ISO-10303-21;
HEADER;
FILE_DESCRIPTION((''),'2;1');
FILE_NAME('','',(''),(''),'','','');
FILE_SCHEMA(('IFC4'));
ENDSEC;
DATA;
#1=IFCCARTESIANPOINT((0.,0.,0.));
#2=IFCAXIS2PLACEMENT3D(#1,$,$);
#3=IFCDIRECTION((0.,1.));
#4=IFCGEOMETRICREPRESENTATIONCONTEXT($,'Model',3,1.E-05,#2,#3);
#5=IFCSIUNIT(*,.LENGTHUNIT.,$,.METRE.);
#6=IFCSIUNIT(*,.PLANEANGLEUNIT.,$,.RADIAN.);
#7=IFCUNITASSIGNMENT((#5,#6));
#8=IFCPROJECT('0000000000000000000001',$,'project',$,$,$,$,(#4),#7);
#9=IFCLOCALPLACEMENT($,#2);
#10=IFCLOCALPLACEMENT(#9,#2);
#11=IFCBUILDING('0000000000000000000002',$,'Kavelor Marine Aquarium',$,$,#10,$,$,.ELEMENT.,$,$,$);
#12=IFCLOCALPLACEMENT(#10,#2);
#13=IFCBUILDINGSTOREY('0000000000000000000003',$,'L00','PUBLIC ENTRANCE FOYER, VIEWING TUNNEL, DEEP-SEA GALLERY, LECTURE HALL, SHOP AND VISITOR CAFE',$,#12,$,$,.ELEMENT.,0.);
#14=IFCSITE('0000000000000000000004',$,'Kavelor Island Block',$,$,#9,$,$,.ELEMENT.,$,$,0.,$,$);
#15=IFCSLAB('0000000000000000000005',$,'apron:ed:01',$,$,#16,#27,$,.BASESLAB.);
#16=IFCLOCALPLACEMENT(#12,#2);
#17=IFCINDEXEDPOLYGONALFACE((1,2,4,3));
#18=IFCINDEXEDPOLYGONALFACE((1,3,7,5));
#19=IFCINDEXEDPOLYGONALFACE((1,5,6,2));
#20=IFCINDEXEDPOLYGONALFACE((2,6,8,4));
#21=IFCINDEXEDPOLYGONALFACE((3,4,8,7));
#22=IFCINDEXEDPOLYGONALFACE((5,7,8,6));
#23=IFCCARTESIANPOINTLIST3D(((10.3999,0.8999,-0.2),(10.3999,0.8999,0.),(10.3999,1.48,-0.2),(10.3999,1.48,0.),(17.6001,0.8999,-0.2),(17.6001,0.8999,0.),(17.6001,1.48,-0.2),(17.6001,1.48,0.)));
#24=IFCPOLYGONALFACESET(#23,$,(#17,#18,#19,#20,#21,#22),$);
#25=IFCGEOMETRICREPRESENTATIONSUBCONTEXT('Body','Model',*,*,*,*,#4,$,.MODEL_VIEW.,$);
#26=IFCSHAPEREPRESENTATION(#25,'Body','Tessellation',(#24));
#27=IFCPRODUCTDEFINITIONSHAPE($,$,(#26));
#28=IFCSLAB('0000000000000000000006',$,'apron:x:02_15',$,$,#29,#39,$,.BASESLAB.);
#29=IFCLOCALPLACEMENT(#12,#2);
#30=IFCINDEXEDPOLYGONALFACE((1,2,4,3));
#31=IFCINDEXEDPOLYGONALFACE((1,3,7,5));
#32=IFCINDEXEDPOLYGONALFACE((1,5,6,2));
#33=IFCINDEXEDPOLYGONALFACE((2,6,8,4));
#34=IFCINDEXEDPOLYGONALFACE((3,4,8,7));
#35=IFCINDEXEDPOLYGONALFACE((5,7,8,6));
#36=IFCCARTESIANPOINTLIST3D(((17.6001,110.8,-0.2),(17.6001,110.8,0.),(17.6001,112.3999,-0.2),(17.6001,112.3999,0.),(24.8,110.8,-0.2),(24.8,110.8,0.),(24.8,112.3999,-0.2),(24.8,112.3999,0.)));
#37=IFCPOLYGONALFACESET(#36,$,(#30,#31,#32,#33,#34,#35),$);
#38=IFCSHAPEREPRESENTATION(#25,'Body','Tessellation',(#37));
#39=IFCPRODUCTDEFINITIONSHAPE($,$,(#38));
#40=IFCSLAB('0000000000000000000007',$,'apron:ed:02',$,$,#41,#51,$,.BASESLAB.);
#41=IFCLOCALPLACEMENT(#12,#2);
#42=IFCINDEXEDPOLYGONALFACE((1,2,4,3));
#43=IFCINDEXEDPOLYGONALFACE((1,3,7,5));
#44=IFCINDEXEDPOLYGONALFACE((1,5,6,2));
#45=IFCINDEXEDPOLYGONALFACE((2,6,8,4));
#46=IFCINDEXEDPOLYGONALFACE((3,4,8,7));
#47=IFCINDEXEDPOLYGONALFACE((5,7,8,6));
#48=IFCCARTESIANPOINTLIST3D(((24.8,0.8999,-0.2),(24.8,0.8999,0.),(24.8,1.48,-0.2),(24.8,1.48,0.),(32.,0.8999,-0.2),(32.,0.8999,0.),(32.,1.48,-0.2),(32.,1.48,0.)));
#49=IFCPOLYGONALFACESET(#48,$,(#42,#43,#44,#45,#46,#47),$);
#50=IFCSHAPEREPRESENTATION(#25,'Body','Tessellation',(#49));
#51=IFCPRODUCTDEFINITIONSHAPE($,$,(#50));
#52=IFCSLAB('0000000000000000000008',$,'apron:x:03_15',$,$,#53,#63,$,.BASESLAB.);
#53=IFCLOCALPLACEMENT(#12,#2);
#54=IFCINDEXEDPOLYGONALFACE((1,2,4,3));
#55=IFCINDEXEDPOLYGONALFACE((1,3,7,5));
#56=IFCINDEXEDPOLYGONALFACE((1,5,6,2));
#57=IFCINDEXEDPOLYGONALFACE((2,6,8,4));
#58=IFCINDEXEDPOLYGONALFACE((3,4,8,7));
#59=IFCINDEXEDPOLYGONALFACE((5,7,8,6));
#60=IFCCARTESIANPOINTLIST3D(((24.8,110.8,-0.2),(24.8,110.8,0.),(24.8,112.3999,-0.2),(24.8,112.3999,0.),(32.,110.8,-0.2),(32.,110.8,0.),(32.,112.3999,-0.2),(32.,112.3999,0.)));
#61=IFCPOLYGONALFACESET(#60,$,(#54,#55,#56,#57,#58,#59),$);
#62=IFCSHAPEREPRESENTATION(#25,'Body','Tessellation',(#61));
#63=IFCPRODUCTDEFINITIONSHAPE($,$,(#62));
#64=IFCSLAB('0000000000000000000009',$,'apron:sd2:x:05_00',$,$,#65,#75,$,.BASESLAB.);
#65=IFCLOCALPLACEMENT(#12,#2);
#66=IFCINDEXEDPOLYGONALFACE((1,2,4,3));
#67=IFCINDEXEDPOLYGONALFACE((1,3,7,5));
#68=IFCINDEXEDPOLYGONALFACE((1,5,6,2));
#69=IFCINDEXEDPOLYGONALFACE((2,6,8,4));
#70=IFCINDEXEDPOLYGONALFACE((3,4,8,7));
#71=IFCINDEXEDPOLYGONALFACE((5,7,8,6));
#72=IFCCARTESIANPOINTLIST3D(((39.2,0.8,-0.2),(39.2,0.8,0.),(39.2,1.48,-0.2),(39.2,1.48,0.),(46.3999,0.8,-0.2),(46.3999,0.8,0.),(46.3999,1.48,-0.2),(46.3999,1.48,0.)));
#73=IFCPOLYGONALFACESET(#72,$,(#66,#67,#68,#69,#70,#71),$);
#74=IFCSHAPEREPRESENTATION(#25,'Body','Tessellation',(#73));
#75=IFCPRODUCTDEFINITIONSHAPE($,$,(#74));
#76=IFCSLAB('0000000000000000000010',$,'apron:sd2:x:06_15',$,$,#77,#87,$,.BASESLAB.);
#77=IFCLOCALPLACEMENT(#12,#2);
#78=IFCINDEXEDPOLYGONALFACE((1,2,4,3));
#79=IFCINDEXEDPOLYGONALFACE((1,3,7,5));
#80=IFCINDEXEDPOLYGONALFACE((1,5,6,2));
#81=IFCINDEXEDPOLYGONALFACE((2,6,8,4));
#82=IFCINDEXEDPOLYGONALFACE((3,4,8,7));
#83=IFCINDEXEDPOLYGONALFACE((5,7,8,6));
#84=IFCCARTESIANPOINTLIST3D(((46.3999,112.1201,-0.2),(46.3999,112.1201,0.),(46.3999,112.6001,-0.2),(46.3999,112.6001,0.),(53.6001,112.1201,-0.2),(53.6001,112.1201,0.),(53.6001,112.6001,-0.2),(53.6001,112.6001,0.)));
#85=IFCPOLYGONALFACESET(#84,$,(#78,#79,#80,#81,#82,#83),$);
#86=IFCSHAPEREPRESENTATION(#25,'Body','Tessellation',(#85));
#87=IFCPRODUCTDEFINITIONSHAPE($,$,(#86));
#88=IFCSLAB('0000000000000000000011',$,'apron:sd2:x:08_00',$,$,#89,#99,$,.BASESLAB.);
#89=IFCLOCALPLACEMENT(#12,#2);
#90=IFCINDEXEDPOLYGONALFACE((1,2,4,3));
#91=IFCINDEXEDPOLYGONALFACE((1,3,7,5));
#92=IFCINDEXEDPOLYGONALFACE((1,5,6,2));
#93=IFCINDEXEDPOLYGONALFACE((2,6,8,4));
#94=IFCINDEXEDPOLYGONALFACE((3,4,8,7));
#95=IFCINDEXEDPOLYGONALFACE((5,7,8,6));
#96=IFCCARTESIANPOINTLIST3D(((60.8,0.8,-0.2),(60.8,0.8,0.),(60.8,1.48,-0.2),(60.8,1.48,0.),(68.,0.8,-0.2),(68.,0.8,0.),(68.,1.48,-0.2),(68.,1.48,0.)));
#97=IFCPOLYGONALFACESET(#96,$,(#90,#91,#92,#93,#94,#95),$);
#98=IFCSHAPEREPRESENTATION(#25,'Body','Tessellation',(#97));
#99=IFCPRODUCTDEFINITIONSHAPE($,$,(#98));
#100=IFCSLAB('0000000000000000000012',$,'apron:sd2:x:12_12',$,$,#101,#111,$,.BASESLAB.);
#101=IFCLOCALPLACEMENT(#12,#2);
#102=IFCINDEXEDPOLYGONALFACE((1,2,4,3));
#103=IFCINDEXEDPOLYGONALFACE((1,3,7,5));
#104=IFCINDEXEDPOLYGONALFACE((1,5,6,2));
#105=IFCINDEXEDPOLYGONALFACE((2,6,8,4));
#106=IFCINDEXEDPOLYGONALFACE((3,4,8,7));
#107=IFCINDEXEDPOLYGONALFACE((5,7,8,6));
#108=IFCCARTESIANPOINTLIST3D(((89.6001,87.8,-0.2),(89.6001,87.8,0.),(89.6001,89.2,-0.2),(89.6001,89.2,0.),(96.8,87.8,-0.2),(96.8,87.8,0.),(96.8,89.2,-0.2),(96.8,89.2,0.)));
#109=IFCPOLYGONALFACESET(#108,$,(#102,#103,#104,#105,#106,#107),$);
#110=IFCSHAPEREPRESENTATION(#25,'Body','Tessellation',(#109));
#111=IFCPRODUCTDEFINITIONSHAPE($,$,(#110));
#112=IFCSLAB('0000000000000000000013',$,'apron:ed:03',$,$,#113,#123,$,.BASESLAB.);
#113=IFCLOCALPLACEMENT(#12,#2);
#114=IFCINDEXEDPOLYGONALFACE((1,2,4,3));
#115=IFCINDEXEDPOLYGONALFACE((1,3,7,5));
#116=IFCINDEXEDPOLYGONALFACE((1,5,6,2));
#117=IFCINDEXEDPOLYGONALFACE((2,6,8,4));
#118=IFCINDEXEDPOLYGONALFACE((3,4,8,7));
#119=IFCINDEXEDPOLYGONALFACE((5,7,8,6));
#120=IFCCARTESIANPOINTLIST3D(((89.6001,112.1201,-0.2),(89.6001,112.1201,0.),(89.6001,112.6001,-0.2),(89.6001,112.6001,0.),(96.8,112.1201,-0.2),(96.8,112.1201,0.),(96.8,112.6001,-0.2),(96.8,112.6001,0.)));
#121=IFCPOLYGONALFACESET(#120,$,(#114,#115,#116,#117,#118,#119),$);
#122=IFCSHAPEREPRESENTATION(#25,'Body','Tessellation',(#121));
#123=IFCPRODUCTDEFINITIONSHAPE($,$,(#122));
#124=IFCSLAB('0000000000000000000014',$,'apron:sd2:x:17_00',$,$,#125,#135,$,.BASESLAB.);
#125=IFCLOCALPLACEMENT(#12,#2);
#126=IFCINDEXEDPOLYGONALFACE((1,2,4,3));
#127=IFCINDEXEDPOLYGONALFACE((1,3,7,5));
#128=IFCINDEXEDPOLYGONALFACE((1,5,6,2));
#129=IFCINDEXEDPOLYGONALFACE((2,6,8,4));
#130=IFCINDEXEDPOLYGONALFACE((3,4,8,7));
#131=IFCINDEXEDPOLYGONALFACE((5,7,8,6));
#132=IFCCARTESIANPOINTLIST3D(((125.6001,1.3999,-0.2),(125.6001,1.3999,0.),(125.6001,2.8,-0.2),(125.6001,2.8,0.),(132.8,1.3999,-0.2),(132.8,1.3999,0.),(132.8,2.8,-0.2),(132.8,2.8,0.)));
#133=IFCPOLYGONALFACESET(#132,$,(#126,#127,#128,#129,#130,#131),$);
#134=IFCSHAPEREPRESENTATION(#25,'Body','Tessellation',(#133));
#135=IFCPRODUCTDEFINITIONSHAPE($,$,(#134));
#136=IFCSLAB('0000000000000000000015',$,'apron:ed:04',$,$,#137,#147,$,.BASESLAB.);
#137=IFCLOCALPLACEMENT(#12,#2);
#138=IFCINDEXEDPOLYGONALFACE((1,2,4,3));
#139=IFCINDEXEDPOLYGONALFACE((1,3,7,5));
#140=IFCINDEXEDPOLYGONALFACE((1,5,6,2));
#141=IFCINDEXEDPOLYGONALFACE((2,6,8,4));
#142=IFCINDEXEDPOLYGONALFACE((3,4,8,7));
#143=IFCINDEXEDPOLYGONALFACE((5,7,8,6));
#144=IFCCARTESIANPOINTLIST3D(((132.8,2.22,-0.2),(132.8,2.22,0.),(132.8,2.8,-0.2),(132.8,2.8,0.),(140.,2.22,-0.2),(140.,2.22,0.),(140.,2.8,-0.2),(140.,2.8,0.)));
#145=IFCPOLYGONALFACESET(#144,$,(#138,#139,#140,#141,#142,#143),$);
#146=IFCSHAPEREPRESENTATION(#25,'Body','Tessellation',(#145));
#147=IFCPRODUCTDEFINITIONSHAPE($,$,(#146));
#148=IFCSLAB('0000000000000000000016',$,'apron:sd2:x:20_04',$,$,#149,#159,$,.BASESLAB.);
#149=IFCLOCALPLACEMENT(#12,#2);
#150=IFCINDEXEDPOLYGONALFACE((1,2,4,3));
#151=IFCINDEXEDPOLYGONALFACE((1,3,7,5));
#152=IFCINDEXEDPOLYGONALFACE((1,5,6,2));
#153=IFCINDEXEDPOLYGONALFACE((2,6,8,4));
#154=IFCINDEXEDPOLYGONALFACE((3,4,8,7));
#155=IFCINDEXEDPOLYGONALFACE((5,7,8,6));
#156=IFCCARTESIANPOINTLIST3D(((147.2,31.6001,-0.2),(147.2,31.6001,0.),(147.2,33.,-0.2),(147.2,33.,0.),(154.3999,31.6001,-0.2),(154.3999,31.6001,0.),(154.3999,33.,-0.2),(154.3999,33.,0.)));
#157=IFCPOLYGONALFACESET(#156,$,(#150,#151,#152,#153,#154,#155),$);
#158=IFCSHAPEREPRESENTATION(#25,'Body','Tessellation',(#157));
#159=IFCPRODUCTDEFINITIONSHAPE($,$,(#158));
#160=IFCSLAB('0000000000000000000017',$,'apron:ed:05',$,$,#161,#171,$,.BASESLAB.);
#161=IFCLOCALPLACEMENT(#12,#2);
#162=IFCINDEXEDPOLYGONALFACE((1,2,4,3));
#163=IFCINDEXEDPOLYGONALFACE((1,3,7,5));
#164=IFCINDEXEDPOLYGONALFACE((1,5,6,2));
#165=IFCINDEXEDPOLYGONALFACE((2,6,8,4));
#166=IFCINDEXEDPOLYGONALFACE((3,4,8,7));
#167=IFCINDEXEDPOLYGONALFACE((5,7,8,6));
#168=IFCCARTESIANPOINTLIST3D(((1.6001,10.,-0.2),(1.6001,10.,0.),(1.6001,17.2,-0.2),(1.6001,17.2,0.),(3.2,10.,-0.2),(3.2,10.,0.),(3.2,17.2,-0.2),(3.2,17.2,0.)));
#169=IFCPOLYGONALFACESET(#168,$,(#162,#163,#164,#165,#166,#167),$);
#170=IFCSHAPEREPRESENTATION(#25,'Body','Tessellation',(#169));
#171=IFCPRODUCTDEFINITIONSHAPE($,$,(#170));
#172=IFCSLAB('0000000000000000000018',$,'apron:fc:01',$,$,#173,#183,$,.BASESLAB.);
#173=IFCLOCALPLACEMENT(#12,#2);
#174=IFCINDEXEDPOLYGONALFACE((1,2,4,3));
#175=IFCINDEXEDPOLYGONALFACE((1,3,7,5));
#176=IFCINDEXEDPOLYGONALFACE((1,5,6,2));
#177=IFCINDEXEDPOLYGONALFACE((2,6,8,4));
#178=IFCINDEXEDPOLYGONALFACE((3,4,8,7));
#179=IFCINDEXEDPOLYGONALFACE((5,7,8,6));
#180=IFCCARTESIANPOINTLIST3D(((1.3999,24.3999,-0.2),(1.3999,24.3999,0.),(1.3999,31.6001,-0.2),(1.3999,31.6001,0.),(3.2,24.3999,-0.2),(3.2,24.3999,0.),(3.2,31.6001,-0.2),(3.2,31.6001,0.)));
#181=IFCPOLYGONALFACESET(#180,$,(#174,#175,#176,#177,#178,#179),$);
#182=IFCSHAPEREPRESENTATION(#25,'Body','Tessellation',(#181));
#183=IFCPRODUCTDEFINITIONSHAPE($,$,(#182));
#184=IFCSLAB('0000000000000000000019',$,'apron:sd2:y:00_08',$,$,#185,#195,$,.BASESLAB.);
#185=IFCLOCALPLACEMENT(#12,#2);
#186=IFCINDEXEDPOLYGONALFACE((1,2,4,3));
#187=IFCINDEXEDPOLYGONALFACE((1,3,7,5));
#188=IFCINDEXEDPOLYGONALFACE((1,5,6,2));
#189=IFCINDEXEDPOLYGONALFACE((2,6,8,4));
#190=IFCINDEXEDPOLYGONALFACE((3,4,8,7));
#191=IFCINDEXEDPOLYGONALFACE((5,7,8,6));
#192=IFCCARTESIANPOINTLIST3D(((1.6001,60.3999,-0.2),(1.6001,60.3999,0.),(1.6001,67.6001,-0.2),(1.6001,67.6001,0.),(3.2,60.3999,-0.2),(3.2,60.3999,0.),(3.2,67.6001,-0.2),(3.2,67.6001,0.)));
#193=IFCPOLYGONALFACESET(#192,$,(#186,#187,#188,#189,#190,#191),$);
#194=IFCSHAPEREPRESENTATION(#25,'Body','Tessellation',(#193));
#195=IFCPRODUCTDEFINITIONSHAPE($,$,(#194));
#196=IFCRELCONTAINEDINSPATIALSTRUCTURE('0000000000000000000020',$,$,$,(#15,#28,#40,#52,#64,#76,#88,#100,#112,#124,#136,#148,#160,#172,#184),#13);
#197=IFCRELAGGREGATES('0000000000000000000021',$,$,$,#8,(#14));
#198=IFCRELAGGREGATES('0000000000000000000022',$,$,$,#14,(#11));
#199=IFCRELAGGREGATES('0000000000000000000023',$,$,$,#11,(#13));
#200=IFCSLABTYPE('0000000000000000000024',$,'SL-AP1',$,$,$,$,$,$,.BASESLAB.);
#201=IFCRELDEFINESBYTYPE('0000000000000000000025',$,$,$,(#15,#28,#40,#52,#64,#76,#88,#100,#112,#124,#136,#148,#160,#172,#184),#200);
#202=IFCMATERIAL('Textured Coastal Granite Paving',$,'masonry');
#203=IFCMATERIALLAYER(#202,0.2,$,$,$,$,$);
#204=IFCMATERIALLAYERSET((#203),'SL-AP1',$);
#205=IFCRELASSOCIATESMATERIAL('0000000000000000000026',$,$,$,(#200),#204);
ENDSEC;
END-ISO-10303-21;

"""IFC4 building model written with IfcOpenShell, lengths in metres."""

from ifc_helpers import new_model, si_unit, direction, frame, origin, place, context, subcontext, project, spatial, polyline, outline, extrude, material, layer, layer_set, type_object, element, save


model = new_model("IFC4")

# Units and contexts
model_context = context("Model", 3, precision=1e-05, world=origin(), true_north=direction((0.0, 1.0)))
body_context = subcontext(model_context, "Body", "Model", "MODEL_VIEW")
ifc_project = project(units=[si_unit("LENGTHUNIT", "METRE"), si_unit("PLANEANGLEUNIT", "RADIAN")], contexts=[model_context])

# Site, building, storey
site_placement = place(None, origin())
site = spatial("IfcSite", under=ifc_project, at=site_placement, Name="Kavelor Island Block", CompositionType="ELEMENT", RefElevation=0.0)
building_placement = place(site_placement, origin())
building = spatial("IfcBuilding", under=site, at=building_placement, Name="Kavelor Marine Aquarium", CompositionType="ELEMENT")
storey_placement = place(building_placement, origin())
storey = spatial("IfcBuildingStorey", under=building, at=storey_placement, Name="L00", Description="PUBLIC ENTRANCE FOYER, VIEWING TUNNEL, DEEP-SEA GALLERY, LECTURE HALL, SHOP AND VISITOR CAFE", CompositionType="ELEMENT", Elevation=0.0)

# Slabs
ifc_material_1 = material(Name="Textured Coastal Granite Paving", Category="masonry")
ifc_layer_1 = layer(ifc_material_1, 0.2)
ifc_layer_set_1 = layer_set([ifc_layer_1], Name="SL-AP1")
slab_type_1 = type_object("IfcSlabType", Name="SL-AP1", PredefinedType="BASESLAB", material=ifc_layer_set_1)
slab_1_placement = place(storey_placement, frame((0.0, 0.0, -0.2)))
element("IfcSlab", 1, at=slab_1_placement, inside=storey, type_object=slab_type_1, Name="apron:ed:01", PredefinedType="BASESLAB", context=body_context, shape_type="SweptSolid", body=[
    extrude(outline(polyline([(10.3999, 0.8999), (17.6001, 0.8999), (17.6001, 1.48), (10.3999, 1.48), (10.3999, 0.8999)])), origin(), (0.0, 0.0, 1.0), 0.2),
])
slab_2_placement = place(storey_placement, frame((0.0, 0.0, -0.2)))
element("IfcSlab", 2, at=slab_2_placement, inside=storey, type_object=slab_type_1, Name="apron:x:02_15", PredefinedType="BASESLAB", context=body_context, shape_type="SweptSolid", body=[
    extrude(outline(polyline([(17.6001, 110.8), (24.8, 110.8), (24.8, 112.3999), (17.6001, 112.3999), (17.6001, 110.8)])), origin(), (0.0, 0.0, 1.0), 0.2),
])
slab_3_placement = place(storey_placement, frame((0.0, 0.0, -0.2)))
element("IfcSlab", 3, at=slab_3_placement, inside=storey, type_object=slab_type_1, Name="apron:ed:02", PredefinedType="BASESLAB", context=body_context, shape_type="SweptSolid", body=[
    extrude(outline(polyline([(24.8, 0.8999), (32.0, 0.8999), (32.0, 1.48), (24.8, 1.48), (24.8, 0.8999)])), origin(), (0.0, 0.0, 1.0), 0.2),
])
slab_4_placement = place(storey_placement, frame((0.0, 0.0, -0.2)))
element("IfcSlab", 4, at=slab_4_placement, inside=storey, type_object=slab_type_1, Name="apron:x:03_15", PredefinedType="BASESLAB", context=body_context, shape_type="SweptSolid", body=[
    extrude(outline(polyline([(24.8, 110.8), (32.0, 110.8), (32.0, 112.3999), (24.8, 112.3999), (24.8, 110.8)])), origin(), (0.0, 0.0, 1.0), 0.2),
])
slab_5_placement = place(storey_placement, frame((0.0, 0.0, -0.2)))
element("IfcSlab", 5, at=slab_5_placement, inside=storey, type_object=slab_type_1, Name="apron:sd2:x:05_00", PredefinedType="BASESLAB", context=body_context, shape_type="SweptSolid", body=[
    extrude(outline(polyline([(39.2, 0.8), (46.3999, 0.8), (46.3999, 1.48), (39.2, 1.48), (39.2, 0.8)])), origin(), (0.0, 0.0, 1.0), 0.2),
])
slab_6_placement = place(storey_placement, frame((0.0, 0.0, -0.2)))
element("IfcSlab", 6, at=slab_6_placement, inside=storey, type_object=slab_type_1, Name="apron:sd2:x:06_15", PredefinedType="BASESLAB", context=body_context, shape_type="SweptSolid", body=[
    extrude(outline(polyline([(46.3999, 112.1201), (53.6001, 112.1201), (53.6001, 112.6001), (46.3999, 112.6001), (46.3999, 112.1201)])), origin(), (0.0, 0.0, 1.0), 0.2),
])
slab_7_placement = place(storey_placement, frame((0.0, 0.0, -0.2)))
element("IfcSlab", 7, at=slab_7_placement, inside=storey, type_object=slab_type_1, Name="apron:sd2:x:08_00", PredefinedType="BASESLAB", context=body_context, shape_type="SweptSolid", body=[
    extrude(outline(polyline([(60.8, 0.8), (68.0, 0.8), (68.0, 1.48), (60.8, 1.48), (60.8, 0.8)])), origin(), (0.0, 0.0, 1.0), 0.2),
])
slab_8_placement = place(storey_placement, frame((0.0, 0.0, -0.2)))
element("IfcSlab", 8, at=slab_8_placement, inside=storey, type_object=slab_type_1, Name="apron:sd2:x:12_12", PredefinedType="BASESLAB", context=body_context, shape_type="SweptSolid", body=[
    extrude(outline(polyline([(89.6001, 87.8), (96.8, 87.8), (96.8, 89.2), (89.6001, 89.2), (89.6001, 87.8)])), origin(), (0.0, 0.0, 1.0), 0.2),
])
slab_9_placement = place(storey_placement, frame((0.0, 0.0, -0.2)))
element("IfcSlab", 9, at=slab_9_placement, inside=storey, type_object=slab_type_1, Name="apron:ed:03", PredefinedType="BASESLAB", context=body_context, shape_type="SweptSolid", body=[
    extrude(outline(polyline([(89.6001, 112.1201), (96.8, 112.1201), (96.8, 112.6001), (89.6001, 112.6001), (89.6001, 112.1201)])), origin(), (0.0, 0.0, 1.0), 0.2),
])
slab_10_placement = place(storey_placement, frame((0.0, 0.0, -0.2)))
element("IfcSlab", 10, at=slab_10_placement, inside=storey, type_object=slab_type_1, Name="apron:sd2:x:17_00", PredefinedType="BASESLAB", context=body_context, shape_type="SweptSolid", body=[
    extrude(outline(polyline([(125.6001, 1.3999), (132.8, 1.3999), (132.8, 2.8), (125.6001, 2.8), (125.6001, 1.3999)])), origin(), (0.0, 0.0, 1.0), 0.2),
])
slab_11_placement = place(storey_placement, frame((0.0, 0.0, -0.2)))
element("IfcSlab", 11, at=slab_11_placement, inside=storey, type_object=slab_type_1, Name="apron:ed:04", PredefinedType="BASESLAB", context=body_context, shape_type="SweptSolid", body=[
    extrude(outline(polyline([(132.8, 2.22), (140.0, 2.22), (140.0, 2.8), (132.8, 2.8), (132.8, 2.22)])), origin(), (0.0, 0.0, 1.0), 0.2),
])
slab_12_placement = place(storey_placement, frame((0.0, 0.0, -0.2)))
element("IfcSlab", 12, at=slab_12_placement, inside=storey, type_object=slab_type_1, Name="apron:sd2:x:20_04", PredefinedType="BASESLAB", context=body_context, shape_type="SweptSolid", body=[
    extrude(outline(polyline([(147.2, 31.6001), (154.3999, 31.6001), (154.3999, 33.0), (147.2, 33.0), (147.2, 31.6001)])), origin(), (0.0, 0.0, 1.0), 0.2),
])
slab_13_placement = place(storey_placement, frame((0.0, 0.0, -0.2)))
element("IfcSlab", 13, at=slab_13_placement, inside=storey, type_object=slab_type_1, Name="apron:ed:05", PredefinedType="BASESLAB", context=body_context, shape_type="SweptSolid", body=[
    extrude(outline(polyline([(1.6001, 10.0), (3.2, 10.0), (3.2, 17.2), (1.6001, 17.2), (1.6001, 10.0)])), origin(), (0.0, 0.0, 1.0), 0.2),
])
slab_14_placement = place(storey_placement, frame((0.0, 0.0, -0.2)))
element("IfcSlab", 14, at=slab_14_placement, inside=storey, type_object=slab_type_1, Name="apron:fc:01", PredefinedType="BASESLAB", context=body_context, shape_type="SweptSolid", body=[
    extrude(outline(polyline([(1.3999, 24.3999), (3.2, 24.3999), (3.2, 31.6001), (1.3999, 31.6001), (1.3999, 24.3999)])), origin(), (0.0, 0.0, 1.0), 0.2),
])
slab_15_placement = place(storey_placement, frame((0.0, 0.0, -0.2)))
element("IfcSlab", 15, at=slab_15_placement, inside=storey, type_object=slab_type_1, Name="apron:sd2:y:00_08", PredefinedType="BASESLAB", context=body_context, shape_type="SweptSolid", body=[
    extrude(outline(polyline([(1.6001, 60.3999), (3.2, 60.3999), (3.2, 67.6001), (1.6001, 67.6001), (1.6001, 60.3999)])), origin(), (0.0, 0.0, 1.0), 0.2),
])

save(model, "model.ifc")
